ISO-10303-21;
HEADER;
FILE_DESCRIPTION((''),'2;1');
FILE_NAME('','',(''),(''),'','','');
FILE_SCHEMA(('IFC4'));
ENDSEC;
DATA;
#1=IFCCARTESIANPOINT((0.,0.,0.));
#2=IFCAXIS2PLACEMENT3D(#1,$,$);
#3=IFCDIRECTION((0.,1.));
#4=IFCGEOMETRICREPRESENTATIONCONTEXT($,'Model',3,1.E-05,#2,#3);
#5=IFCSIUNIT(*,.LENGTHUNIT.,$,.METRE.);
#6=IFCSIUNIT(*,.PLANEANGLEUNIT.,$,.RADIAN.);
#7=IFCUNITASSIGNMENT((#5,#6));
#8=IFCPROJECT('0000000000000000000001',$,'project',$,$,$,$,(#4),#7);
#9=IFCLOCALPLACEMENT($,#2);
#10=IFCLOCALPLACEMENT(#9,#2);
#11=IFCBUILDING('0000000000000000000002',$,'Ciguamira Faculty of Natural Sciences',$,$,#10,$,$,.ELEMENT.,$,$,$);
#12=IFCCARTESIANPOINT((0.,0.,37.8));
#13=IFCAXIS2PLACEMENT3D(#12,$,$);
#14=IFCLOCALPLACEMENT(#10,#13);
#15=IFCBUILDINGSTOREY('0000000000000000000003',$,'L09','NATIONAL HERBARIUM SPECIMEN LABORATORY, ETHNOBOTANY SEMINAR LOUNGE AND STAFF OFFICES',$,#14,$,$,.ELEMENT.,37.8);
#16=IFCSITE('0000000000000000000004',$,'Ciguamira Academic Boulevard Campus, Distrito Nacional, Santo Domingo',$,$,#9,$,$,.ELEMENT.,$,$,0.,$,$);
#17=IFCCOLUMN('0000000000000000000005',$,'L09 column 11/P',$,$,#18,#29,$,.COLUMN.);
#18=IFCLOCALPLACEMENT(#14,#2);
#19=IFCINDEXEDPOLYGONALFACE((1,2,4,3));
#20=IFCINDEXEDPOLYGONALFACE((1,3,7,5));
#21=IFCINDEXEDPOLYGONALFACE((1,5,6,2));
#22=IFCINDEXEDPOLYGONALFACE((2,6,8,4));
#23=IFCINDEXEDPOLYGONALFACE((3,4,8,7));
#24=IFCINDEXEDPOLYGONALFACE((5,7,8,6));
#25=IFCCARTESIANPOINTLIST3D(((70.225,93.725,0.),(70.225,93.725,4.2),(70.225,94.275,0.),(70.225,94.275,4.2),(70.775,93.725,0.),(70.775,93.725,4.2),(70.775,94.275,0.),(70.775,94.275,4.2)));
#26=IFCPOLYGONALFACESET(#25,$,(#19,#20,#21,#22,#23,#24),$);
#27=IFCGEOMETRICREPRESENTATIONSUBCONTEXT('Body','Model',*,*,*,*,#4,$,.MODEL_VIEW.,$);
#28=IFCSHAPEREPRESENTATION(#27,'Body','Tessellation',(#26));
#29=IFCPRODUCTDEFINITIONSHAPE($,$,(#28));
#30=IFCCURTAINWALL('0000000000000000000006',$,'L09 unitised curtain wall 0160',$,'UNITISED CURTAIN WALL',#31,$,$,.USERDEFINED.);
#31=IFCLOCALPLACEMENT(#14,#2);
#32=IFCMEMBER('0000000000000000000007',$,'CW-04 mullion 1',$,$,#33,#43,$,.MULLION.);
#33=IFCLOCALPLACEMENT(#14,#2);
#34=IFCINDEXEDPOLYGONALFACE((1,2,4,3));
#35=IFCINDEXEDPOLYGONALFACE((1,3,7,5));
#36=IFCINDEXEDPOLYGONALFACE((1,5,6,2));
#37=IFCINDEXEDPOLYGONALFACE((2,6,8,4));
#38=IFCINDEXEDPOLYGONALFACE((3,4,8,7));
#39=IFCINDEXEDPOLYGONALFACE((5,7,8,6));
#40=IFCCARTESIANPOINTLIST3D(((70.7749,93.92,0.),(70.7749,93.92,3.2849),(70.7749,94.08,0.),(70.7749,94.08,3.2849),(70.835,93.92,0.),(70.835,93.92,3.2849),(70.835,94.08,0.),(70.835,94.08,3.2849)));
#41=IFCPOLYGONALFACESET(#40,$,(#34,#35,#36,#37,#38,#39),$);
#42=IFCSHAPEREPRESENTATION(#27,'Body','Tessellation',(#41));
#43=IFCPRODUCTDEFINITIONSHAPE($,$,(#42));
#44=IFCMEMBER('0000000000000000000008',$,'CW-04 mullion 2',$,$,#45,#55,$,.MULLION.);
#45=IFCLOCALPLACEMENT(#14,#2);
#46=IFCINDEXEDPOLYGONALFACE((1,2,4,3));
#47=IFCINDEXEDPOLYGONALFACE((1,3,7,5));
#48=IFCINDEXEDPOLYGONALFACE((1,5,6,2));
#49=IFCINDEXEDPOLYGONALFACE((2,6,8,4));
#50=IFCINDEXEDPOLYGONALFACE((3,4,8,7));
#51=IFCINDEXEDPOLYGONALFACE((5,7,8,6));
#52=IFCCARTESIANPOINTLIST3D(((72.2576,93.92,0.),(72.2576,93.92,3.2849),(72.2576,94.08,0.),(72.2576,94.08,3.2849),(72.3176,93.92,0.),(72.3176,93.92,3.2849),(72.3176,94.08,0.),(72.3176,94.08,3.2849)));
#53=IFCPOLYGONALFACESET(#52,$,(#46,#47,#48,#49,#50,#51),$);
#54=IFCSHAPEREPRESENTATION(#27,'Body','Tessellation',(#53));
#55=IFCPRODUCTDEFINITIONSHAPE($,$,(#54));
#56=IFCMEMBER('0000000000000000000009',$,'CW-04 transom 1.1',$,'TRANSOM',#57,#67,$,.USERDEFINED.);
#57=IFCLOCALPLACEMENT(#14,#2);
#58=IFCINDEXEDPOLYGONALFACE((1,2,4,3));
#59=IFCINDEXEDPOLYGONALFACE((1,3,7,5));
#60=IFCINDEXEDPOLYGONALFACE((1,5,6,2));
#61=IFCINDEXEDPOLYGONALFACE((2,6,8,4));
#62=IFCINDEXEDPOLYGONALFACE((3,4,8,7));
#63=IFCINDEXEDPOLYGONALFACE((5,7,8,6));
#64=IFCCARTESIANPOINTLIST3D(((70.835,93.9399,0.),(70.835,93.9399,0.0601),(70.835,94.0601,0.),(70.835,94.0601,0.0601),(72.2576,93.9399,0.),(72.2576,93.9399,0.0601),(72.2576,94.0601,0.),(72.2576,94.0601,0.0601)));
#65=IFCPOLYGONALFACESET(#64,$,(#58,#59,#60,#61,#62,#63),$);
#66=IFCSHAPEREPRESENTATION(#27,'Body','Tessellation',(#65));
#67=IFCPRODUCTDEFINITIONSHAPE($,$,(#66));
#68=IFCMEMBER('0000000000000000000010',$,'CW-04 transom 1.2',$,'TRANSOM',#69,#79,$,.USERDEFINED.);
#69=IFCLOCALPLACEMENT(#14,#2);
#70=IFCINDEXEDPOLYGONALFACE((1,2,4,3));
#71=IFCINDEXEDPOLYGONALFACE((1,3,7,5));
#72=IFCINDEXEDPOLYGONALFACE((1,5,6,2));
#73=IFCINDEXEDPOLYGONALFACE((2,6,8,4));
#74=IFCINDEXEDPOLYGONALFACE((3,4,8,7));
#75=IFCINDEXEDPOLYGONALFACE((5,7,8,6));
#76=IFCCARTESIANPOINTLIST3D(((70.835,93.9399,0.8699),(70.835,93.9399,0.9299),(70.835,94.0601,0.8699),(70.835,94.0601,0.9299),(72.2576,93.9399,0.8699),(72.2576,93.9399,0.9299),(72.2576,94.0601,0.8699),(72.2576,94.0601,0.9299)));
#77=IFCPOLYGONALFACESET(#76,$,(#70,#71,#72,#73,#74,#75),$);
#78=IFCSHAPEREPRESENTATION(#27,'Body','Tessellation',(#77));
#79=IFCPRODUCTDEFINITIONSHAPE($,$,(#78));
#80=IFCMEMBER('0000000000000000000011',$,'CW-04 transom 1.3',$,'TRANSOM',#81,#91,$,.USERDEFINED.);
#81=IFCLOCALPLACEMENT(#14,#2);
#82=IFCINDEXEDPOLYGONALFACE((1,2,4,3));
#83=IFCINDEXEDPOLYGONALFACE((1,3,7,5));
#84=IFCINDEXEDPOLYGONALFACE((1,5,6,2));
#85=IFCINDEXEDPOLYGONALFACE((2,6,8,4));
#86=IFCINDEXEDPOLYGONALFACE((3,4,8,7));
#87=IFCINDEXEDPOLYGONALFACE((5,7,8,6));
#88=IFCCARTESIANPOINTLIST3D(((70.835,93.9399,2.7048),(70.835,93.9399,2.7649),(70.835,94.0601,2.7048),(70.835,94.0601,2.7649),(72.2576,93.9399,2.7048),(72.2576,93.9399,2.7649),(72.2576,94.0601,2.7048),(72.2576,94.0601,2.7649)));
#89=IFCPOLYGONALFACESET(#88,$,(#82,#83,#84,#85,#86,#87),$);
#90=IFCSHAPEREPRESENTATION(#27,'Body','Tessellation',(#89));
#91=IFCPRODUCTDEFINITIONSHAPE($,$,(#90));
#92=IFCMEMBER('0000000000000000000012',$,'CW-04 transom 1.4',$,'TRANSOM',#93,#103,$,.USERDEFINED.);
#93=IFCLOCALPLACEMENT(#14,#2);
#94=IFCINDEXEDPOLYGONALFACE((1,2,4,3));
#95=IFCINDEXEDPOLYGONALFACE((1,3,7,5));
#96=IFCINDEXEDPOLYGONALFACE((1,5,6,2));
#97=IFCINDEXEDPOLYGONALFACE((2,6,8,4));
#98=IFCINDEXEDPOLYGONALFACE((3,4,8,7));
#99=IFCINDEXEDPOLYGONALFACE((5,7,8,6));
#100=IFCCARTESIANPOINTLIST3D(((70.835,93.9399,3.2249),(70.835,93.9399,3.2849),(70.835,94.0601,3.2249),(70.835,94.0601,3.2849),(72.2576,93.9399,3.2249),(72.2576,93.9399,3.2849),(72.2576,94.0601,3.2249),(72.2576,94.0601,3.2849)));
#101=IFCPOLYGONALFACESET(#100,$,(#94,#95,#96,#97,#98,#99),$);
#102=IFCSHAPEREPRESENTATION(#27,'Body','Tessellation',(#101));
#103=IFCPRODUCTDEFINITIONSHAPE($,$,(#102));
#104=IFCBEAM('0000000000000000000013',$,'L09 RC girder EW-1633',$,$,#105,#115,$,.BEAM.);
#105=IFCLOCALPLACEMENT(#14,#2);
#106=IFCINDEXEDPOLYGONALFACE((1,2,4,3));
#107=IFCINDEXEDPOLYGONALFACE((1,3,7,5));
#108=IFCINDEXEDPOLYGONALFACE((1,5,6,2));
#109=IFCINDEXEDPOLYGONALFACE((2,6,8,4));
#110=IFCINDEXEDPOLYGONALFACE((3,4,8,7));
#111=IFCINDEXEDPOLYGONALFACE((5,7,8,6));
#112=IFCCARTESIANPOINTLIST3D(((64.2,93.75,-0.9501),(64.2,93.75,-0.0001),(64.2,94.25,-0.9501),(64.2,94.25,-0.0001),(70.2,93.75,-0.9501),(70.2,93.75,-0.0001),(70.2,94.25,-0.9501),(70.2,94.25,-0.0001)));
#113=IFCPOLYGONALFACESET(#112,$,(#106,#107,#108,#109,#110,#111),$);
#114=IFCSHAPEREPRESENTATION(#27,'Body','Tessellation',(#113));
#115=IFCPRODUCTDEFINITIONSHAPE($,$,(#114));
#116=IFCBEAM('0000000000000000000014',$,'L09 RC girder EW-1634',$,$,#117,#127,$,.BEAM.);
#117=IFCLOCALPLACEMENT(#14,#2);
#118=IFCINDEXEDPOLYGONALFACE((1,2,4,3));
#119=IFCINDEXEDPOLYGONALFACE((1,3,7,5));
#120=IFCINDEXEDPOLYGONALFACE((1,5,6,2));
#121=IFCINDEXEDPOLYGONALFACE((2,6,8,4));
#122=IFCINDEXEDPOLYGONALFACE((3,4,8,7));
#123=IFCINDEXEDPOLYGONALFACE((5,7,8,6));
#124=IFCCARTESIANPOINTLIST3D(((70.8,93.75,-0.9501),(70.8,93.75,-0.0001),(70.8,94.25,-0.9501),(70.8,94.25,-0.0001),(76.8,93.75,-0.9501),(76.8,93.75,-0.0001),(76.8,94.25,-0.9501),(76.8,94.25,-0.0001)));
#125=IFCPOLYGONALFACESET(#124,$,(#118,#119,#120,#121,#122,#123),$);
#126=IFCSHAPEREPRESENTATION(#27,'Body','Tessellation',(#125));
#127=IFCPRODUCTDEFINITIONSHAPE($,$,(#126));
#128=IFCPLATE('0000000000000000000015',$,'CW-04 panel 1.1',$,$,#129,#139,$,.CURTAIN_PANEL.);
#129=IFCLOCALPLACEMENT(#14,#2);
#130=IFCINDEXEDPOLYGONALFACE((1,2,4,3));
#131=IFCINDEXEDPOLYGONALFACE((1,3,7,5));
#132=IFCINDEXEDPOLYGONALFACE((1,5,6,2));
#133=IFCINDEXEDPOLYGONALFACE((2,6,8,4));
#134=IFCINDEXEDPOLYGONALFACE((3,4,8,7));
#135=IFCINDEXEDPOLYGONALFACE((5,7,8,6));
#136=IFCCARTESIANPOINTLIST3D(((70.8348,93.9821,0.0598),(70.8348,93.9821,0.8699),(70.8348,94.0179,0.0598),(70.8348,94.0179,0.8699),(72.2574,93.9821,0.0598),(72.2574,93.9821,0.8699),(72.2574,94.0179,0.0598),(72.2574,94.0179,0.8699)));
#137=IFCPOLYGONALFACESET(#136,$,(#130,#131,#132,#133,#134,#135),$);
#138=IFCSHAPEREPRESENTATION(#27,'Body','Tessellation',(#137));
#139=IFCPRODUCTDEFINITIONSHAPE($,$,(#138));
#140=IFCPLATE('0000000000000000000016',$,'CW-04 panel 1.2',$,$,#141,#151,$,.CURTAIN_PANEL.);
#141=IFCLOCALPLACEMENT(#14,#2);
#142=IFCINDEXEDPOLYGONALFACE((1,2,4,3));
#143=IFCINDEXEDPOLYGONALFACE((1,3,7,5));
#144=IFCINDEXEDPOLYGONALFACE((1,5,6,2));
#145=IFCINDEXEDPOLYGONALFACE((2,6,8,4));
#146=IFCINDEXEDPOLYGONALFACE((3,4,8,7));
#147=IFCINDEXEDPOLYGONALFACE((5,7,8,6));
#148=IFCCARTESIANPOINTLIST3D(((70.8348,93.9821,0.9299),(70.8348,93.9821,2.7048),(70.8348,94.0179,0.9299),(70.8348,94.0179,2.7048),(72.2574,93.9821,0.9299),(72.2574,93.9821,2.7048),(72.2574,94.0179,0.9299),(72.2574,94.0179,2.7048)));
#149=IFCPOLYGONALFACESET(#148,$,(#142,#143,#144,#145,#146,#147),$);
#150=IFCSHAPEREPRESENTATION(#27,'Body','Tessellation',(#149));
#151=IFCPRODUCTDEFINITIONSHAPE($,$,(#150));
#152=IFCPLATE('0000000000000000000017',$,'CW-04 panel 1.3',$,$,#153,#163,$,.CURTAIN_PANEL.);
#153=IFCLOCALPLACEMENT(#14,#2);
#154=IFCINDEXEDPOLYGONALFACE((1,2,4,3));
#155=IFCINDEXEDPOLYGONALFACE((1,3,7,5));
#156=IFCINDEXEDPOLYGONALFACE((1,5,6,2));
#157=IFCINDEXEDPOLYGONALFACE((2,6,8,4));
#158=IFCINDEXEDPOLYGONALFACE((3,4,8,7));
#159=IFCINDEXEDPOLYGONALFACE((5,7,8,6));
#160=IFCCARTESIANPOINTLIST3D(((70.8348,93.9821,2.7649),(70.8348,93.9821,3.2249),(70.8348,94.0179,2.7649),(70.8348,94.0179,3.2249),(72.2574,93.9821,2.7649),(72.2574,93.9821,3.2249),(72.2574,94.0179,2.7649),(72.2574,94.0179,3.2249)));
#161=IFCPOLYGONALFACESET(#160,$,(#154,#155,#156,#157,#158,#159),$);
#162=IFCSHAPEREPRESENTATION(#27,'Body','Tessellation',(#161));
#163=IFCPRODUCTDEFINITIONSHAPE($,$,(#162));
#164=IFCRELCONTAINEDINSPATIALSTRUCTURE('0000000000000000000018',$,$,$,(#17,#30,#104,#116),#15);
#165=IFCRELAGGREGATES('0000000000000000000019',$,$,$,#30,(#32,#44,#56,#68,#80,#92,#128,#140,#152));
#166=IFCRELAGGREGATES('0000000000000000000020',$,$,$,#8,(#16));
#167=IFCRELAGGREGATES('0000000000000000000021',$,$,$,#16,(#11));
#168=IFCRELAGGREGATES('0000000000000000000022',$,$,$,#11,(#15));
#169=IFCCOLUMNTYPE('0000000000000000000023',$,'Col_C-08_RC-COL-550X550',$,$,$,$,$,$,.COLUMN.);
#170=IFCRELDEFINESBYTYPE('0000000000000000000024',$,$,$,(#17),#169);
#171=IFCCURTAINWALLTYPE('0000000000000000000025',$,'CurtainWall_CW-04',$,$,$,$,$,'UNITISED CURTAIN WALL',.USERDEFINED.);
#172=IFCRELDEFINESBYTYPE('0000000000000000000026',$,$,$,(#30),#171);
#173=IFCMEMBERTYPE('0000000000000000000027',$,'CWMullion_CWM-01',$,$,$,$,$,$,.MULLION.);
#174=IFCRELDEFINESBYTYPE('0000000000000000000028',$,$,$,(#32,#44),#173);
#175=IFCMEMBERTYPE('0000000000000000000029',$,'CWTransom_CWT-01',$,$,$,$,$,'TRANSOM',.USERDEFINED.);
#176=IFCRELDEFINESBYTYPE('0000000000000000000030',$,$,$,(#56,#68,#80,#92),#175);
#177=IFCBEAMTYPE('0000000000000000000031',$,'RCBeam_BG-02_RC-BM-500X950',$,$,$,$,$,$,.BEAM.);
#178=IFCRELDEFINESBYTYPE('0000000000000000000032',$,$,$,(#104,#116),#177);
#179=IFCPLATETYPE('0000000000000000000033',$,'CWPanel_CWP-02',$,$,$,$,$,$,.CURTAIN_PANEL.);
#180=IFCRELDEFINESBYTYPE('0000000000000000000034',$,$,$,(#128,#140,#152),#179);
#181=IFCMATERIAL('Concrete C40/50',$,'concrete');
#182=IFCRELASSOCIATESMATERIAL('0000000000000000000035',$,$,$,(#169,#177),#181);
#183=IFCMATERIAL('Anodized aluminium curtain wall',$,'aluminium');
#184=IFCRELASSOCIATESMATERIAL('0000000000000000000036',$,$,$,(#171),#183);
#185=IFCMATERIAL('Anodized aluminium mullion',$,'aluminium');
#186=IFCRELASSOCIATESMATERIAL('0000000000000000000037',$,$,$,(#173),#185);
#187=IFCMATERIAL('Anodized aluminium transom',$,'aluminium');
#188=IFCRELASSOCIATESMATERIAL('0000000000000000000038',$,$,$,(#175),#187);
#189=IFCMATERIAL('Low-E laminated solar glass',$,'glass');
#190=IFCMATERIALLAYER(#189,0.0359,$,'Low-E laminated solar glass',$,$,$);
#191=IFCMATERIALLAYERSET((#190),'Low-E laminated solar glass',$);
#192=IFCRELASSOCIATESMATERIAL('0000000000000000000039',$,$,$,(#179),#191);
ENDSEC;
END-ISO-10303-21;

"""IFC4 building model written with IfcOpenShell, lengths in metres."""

from ifc_helpers import new_model, si_unit, direction, frame, origin, origin_2d, place, context, subcontext, project, spatial, rectangle, extrude, material, layer, layer_set, material_profile, profile_set, type_object, element, aggregate, save


model = new_model("IFC4")

# Units and contexts
model_context = context("Model", 3, precision=1e-05, world=origin(), true_north=direction((0.0, 1.0)))
body_context = subcontext(model_context, "Body", "Model", "MODEL_VIEW")
ifc_project = project(units=[si_unit("LENGTHUNIT", "METRE"), si_unit("PLANEANGLEUNIT", "RADIAN")], contexts=[model_context])

# Site, building, storey
site_placement = place(None, origin())
site = spatial("IfcSite", under=ifc_project, at=site_placement, Name="Ciguamira Academic Boulevard Campus, Distrito Nacional, Santo Domingo", CompositionType="ELEMENT", RefElevation=0.0)
building_placement = place(site_placement, origin())
building = spatial("IfcBuilding", under=site, at=building_placement, Name="Ciguamira Faculty of Natural Sciences", CompositionType="ELEMENT")
storey_placement = place(building_placement, frame((0.0, 0.0, 37.8)))
storey = spatial("IfcBuildingStorey", under=building, at=storey_placement, Name="L09", Description="NATIONAL HERBARIUM SPECIMEN LABORATORY, ETHNOBOTANY SEMINAR LOUNGE AND STAFF OFFICES", CompositionType="ELEMENT", Elevation=37.8)

# Column
ifc_material_1 = material(Name="Concrete C40/50", Category="concrete")
ifc_material_profile_1 = material_profile(ifc_material_1, rectangle(XDim=0.55, YDim=0.55, at=origin_2d()), Name="RC-COL-550X550")
ifc_profile_set_1 = profile_set([ifc_material_profile_1], Name="Concrete C40/50")
column_type = type_object("IfcColumnType", Name="Col_C-08_RC-COL-550X550", PredefinedType="COLUMN", material=ifc_profile_set_1)
column_placement = place(storey_placement, frame((70.5, 94.0, 0.0), z_axis=(0.0, 0.0, 1.0), x_axis=(1.0, 0.0, 0.0)))
element("IfcColumn", 1, at=column_placement, inside=storey, type_object=column_type, Name="L09 column 11/P", PredefinedType="COLUMN", context=body_context, shape_type="SweptSolid", body=[
    extrude(rectangle(XDim=0.55, YDim=0.55, at=origin_2d()), origin(), (0.0, 0.0, 1.0), 4.2),
])

# Curtain wall, members
ifc_material_2 = material(Name="Anodized aluminium curtain wall", Category="aluminium")
curtain_wall_type = type_object("IfcCurtainWallType", Name="CurtainWall_CW-04", ElementType="UNITISED CURTAIN WALL", PredefinedType="USERDEFINED", material=ifc_material_2)
curtain_wall_placement = place(storey_placement, origin())
curtain_wall = element("IfcCurtainWall", 2, at=curtain_wall_placement, inside=storey, type_object=curtain_wall_type, Name="L09 unitised curtain wall 0160", ObjectType="UNITISED CURTAIN WALL", PredefinedType="USERDEFINED")
ifc_material_3 = material(Name="Anodized aluminium mullion", Category="aluminium")
ifc_material_profile_2 = material_profile(ifc_material_3, rectangle(XDim=0.0601, YDim=0.1599, at=origin_2d()), Name="ALU-MUL-60X160")
ifc_profile_set_2 = profile_set([ifc_material_profile_2], Name="Anodized aluminium mullion")
member_type_1 = type_object("IfcMemberType", Name="CWMullion_CWM-01", PredefinedType="MULLION", material=ifc_profile_set_2)
member_1_placement = place(storey_placement, frame((70.8049, 94.0, 0.0), z_axis=(0.0, 0.0, 1.0), x_axis=(1.0, 0.0, 0.0)))
member_1 = element("IfcMember", 3, at=member_1_placement, type_object=member_type_1, Name="CW-04 mullion 1", PredefinedType="MULLION", context=body_context, shape_type="SweptSolid", body=[
    extrude(rectangle(XDim=0.0601, YDim=0.1599, at=origin_2d()), origin(), (0.0, 0.0, 1.0), 3.2849),
])
member_2_placement = place(storey_placement, frame((72.2876, 94.0, 0.0), z_axis=(0.0, 0.0, 1.0), x_axis=(1.0, 0.0, 0.0)))
member_2 = element("IfcMember", 4, at=member_2_placement, type_object=member_type_1, Name="CW-04 mullion 2", PredefinedType="MULLION", context=body_context, shape_type="SweptSolid", body=[
    extrude(rectangle(XDim=0.0601, YDim=0.1599, at=origin_2d()), origin(), (0.0, 0.0, 1.0), 3.2849),
])
ifc_material_4 = material(Name="Anodized aluminium transom", Category="aluminium")
ifc_material_profile_3 = material_profile(ifc_material_4, rectangle(XDim=0.0601, YDim=0.1201, at=origin_2d()), Name="ALU-TRN-60X120")
ifc_profile_set_3 = profile_set([ifc_material_profile_3], Name="Anodized aluminium transom")
member_type_2 = type_object("IfcMemberType", Name="CWTransom_CWT-01", ElementType="TRANSOM", PredefinedType="USERDEFINED", material=ifc_profile_set_3)
member_3_placement = place(storey_placement, frame((70.835, 94.0, 0.03), z_axis=(1.0, 0.0, 0.0), x_axis=(0.0, 0.0, 1.0)))
member_3 = element("IfcMember", 5, at=member_3_placement, type_object=member_type_2, Name="CW-04 transom 1.1", ObjectType="TRANSOM", PredefinedType="USERDEFINED", context=body_context, shape_type="SweptSolid", body=[
    extrude(rectangle(XDim=0.0601, YDim=0.1201, at=origin_2d()), origin(), (0.0, 0.0, 1.0), 1.4226),
])
member_4_placement = place(storey_placement, frame((70.835, 94.0, 0.8999), z_axis=(1.0, 0.0, 0.0), x_axis=(0.0, 0.0, 1.0)))
member_4 = element("IfcMember", 6, at=member_4_placement, type_object=member_type_2, Name="CW-04 transom 1.2", ObjectType="TRANSOM", PredefinedType="USERDEFINED", context=body_context, shape_type="SweptSolid", body=[
    extrude(rectangle(XDim=0.0601, YDim=0.1201, at=origin_2d()), origin(), (0.0, 0.0, 1.0), 1.4226),
])
member_5_placement = place(storey_placement, frame((70.835, 94.0, 2.7349), z_axis=(1.0, 0.0, 0.0), x_axis=(0.0, 0.0, 1.0)))
member_5 = element("IfcMember", 7, at=member_5_placement, type_object=member_type_2, Name="CW-04 transom 1.3", ObjectType="TRANSOM", PredefinedType="USERDEFINED", context=body_context, shape_type="SweptSolid", body=[
    extrude(rectangle(XDim=0.0601, YDim=0.1201, at=origin_2d()), origin(), (0.0, 0.0, 1.0), 1.4226),
])
member_6_placement = place(storey_placement, frame((70.835, 94.0, 3.2549), z_axis=(1.0, 0.0, 0.0), x_axis=(0.0, 0.0, 1.0)))
member_6 = element("IfcMember", 8, at=member_6_placement, type_object=member_type_2, Name="CW-04 transom 1.4", ObjectType="TRANSOM", PredefinedType="USERDEFINED", context=body_context, shape_type="SweptSolid", body=[
    extrude(rectangle(XDim=0.0601, YDim=0.1201, at=origin_2d()), origin(), (0.0, 0.0, 1.0), 1.4226),
])

# Beams
ifc_material_profile_4 = material_profile(ifc_material_1, rectangle(XDim=0.5, YDim=0.95, at=origin_2d()), Name="RC-BM-500X950")
ifc_profile_set_4 = profile_set([ifc_material_profile_4], Name="Concrete C40/50")
beam_type = type_object("IfcBeamType", Name="RCBeam_BG-02_RC-BM-500X950", PredefinedType="BEAM", material=ifc_profile_set_4)
for number, where, z_axis, x_axis, name in (
    (9, (64.2, 94.0, -0.4751), (1.0, 0.0, 0.0), (0.0, 1.0, 0.0), "L09 RC girder EW-1633"),
    (10, (70.8, 94.0, -0.4751), (1.0, 0.0, 0.0), (0.0, 1.0, 0.0), "L09 RC girder EW-1634"),
):
    element("IfcBeam", number, at=place(storey_placement, frame(where, z_axis=z_axis, x_axis=x_axis)), inside=storey, type_object=beam_type, Name=name, PredefinedType="BEAM", context=body_context, shape_type="SweptSolid", body=[
        extrude(rectangle(XDim=0.5, YDim=0.95, at=origin_2d()), origin(), (0.0, 0.0, 1.0), 6.0),
    ])

# Plates
ifc_material_5 = material(Name="Low-E laminated solar glass", Category="glass")
ifc_layer_1 = layer(ifc_material_5, 0.0359, Name="Low-E laminated solar glass")
ifc_layer_set_1 = layer_set([ifc_layer_1], Name="Low-E laminated solar glass")
plate_type = type_object("IfcPlateType", Name="CWPanel_CWP-02", PredefinedType="CURTAIN_PANEL", material=ifc_layer_set_1)
plate_1_placement = place(storey_placement, frame((71.5461, 94.0, 0.0598), z_axis=(0.0, 0.0, 1.0), x_axis=(1.0, 0.0, 0.0)))
plate_1 = element("IfcPlate", 11, at=plate_1_placement, type_object=plate_type, Name="CW-04 panel 1.1", PredefinedType="CURTAIN_PANEL", context=body_context, shape_type="SweptSolid", body=[
    extrude(rectangle(XDim=1.4226, YDim=0.0359, at=origin_2d()), origin(), (0.0, 0.0, 1.0), 0.8101),
])
plate_2_placement = place(storey_placement, frame((71.5461, 94.0, 0.9299), z_axis=(0.0, 0.0, 1.0), x_axis=(1.0, 0.0, 0.0)))
plate_2 = element("IfcPlate", 12, at=plate_2_placement, type_object=plate_type, Name="CW-04 panel 1.2", PredefinedType="CURTAIN_PANEL", context=body_context, shape_type="SweptSolid", body=[
    extrude(rectangle(XDim=1.4226, YDim=0.0359, at=origin_2d()), origin(), (0.0, 0.0, 1.0), 1.7749),
])
plate_3_placement = place(storey_placement, frame((71.5461, 94.0, 2.7649), z_axis=(0.0, 0.0, 1.0), x_axis=(1.0, 0.0, 0.0)))
plate_3 = element("IfcPlate", 13, at=plate_3_placement, type_object=plate_type, Name="CW-04 panel 1.3", PredefinedType="CURTAIN_PANEL", context=body_context, shape_type="SweptSolid", body=[
    extrude(rectangle(XDim=1.4226, YDim=0.0359, at=origin_2d()), origin(), (0.0, 0.0, 1.0), 0.46),
])
aggregate(curtain_wall, [member_1, member_2, member_3, member_4, member_5, member_6, plate_1, plate_2, plate_3])

save(model, "model.ifc")
